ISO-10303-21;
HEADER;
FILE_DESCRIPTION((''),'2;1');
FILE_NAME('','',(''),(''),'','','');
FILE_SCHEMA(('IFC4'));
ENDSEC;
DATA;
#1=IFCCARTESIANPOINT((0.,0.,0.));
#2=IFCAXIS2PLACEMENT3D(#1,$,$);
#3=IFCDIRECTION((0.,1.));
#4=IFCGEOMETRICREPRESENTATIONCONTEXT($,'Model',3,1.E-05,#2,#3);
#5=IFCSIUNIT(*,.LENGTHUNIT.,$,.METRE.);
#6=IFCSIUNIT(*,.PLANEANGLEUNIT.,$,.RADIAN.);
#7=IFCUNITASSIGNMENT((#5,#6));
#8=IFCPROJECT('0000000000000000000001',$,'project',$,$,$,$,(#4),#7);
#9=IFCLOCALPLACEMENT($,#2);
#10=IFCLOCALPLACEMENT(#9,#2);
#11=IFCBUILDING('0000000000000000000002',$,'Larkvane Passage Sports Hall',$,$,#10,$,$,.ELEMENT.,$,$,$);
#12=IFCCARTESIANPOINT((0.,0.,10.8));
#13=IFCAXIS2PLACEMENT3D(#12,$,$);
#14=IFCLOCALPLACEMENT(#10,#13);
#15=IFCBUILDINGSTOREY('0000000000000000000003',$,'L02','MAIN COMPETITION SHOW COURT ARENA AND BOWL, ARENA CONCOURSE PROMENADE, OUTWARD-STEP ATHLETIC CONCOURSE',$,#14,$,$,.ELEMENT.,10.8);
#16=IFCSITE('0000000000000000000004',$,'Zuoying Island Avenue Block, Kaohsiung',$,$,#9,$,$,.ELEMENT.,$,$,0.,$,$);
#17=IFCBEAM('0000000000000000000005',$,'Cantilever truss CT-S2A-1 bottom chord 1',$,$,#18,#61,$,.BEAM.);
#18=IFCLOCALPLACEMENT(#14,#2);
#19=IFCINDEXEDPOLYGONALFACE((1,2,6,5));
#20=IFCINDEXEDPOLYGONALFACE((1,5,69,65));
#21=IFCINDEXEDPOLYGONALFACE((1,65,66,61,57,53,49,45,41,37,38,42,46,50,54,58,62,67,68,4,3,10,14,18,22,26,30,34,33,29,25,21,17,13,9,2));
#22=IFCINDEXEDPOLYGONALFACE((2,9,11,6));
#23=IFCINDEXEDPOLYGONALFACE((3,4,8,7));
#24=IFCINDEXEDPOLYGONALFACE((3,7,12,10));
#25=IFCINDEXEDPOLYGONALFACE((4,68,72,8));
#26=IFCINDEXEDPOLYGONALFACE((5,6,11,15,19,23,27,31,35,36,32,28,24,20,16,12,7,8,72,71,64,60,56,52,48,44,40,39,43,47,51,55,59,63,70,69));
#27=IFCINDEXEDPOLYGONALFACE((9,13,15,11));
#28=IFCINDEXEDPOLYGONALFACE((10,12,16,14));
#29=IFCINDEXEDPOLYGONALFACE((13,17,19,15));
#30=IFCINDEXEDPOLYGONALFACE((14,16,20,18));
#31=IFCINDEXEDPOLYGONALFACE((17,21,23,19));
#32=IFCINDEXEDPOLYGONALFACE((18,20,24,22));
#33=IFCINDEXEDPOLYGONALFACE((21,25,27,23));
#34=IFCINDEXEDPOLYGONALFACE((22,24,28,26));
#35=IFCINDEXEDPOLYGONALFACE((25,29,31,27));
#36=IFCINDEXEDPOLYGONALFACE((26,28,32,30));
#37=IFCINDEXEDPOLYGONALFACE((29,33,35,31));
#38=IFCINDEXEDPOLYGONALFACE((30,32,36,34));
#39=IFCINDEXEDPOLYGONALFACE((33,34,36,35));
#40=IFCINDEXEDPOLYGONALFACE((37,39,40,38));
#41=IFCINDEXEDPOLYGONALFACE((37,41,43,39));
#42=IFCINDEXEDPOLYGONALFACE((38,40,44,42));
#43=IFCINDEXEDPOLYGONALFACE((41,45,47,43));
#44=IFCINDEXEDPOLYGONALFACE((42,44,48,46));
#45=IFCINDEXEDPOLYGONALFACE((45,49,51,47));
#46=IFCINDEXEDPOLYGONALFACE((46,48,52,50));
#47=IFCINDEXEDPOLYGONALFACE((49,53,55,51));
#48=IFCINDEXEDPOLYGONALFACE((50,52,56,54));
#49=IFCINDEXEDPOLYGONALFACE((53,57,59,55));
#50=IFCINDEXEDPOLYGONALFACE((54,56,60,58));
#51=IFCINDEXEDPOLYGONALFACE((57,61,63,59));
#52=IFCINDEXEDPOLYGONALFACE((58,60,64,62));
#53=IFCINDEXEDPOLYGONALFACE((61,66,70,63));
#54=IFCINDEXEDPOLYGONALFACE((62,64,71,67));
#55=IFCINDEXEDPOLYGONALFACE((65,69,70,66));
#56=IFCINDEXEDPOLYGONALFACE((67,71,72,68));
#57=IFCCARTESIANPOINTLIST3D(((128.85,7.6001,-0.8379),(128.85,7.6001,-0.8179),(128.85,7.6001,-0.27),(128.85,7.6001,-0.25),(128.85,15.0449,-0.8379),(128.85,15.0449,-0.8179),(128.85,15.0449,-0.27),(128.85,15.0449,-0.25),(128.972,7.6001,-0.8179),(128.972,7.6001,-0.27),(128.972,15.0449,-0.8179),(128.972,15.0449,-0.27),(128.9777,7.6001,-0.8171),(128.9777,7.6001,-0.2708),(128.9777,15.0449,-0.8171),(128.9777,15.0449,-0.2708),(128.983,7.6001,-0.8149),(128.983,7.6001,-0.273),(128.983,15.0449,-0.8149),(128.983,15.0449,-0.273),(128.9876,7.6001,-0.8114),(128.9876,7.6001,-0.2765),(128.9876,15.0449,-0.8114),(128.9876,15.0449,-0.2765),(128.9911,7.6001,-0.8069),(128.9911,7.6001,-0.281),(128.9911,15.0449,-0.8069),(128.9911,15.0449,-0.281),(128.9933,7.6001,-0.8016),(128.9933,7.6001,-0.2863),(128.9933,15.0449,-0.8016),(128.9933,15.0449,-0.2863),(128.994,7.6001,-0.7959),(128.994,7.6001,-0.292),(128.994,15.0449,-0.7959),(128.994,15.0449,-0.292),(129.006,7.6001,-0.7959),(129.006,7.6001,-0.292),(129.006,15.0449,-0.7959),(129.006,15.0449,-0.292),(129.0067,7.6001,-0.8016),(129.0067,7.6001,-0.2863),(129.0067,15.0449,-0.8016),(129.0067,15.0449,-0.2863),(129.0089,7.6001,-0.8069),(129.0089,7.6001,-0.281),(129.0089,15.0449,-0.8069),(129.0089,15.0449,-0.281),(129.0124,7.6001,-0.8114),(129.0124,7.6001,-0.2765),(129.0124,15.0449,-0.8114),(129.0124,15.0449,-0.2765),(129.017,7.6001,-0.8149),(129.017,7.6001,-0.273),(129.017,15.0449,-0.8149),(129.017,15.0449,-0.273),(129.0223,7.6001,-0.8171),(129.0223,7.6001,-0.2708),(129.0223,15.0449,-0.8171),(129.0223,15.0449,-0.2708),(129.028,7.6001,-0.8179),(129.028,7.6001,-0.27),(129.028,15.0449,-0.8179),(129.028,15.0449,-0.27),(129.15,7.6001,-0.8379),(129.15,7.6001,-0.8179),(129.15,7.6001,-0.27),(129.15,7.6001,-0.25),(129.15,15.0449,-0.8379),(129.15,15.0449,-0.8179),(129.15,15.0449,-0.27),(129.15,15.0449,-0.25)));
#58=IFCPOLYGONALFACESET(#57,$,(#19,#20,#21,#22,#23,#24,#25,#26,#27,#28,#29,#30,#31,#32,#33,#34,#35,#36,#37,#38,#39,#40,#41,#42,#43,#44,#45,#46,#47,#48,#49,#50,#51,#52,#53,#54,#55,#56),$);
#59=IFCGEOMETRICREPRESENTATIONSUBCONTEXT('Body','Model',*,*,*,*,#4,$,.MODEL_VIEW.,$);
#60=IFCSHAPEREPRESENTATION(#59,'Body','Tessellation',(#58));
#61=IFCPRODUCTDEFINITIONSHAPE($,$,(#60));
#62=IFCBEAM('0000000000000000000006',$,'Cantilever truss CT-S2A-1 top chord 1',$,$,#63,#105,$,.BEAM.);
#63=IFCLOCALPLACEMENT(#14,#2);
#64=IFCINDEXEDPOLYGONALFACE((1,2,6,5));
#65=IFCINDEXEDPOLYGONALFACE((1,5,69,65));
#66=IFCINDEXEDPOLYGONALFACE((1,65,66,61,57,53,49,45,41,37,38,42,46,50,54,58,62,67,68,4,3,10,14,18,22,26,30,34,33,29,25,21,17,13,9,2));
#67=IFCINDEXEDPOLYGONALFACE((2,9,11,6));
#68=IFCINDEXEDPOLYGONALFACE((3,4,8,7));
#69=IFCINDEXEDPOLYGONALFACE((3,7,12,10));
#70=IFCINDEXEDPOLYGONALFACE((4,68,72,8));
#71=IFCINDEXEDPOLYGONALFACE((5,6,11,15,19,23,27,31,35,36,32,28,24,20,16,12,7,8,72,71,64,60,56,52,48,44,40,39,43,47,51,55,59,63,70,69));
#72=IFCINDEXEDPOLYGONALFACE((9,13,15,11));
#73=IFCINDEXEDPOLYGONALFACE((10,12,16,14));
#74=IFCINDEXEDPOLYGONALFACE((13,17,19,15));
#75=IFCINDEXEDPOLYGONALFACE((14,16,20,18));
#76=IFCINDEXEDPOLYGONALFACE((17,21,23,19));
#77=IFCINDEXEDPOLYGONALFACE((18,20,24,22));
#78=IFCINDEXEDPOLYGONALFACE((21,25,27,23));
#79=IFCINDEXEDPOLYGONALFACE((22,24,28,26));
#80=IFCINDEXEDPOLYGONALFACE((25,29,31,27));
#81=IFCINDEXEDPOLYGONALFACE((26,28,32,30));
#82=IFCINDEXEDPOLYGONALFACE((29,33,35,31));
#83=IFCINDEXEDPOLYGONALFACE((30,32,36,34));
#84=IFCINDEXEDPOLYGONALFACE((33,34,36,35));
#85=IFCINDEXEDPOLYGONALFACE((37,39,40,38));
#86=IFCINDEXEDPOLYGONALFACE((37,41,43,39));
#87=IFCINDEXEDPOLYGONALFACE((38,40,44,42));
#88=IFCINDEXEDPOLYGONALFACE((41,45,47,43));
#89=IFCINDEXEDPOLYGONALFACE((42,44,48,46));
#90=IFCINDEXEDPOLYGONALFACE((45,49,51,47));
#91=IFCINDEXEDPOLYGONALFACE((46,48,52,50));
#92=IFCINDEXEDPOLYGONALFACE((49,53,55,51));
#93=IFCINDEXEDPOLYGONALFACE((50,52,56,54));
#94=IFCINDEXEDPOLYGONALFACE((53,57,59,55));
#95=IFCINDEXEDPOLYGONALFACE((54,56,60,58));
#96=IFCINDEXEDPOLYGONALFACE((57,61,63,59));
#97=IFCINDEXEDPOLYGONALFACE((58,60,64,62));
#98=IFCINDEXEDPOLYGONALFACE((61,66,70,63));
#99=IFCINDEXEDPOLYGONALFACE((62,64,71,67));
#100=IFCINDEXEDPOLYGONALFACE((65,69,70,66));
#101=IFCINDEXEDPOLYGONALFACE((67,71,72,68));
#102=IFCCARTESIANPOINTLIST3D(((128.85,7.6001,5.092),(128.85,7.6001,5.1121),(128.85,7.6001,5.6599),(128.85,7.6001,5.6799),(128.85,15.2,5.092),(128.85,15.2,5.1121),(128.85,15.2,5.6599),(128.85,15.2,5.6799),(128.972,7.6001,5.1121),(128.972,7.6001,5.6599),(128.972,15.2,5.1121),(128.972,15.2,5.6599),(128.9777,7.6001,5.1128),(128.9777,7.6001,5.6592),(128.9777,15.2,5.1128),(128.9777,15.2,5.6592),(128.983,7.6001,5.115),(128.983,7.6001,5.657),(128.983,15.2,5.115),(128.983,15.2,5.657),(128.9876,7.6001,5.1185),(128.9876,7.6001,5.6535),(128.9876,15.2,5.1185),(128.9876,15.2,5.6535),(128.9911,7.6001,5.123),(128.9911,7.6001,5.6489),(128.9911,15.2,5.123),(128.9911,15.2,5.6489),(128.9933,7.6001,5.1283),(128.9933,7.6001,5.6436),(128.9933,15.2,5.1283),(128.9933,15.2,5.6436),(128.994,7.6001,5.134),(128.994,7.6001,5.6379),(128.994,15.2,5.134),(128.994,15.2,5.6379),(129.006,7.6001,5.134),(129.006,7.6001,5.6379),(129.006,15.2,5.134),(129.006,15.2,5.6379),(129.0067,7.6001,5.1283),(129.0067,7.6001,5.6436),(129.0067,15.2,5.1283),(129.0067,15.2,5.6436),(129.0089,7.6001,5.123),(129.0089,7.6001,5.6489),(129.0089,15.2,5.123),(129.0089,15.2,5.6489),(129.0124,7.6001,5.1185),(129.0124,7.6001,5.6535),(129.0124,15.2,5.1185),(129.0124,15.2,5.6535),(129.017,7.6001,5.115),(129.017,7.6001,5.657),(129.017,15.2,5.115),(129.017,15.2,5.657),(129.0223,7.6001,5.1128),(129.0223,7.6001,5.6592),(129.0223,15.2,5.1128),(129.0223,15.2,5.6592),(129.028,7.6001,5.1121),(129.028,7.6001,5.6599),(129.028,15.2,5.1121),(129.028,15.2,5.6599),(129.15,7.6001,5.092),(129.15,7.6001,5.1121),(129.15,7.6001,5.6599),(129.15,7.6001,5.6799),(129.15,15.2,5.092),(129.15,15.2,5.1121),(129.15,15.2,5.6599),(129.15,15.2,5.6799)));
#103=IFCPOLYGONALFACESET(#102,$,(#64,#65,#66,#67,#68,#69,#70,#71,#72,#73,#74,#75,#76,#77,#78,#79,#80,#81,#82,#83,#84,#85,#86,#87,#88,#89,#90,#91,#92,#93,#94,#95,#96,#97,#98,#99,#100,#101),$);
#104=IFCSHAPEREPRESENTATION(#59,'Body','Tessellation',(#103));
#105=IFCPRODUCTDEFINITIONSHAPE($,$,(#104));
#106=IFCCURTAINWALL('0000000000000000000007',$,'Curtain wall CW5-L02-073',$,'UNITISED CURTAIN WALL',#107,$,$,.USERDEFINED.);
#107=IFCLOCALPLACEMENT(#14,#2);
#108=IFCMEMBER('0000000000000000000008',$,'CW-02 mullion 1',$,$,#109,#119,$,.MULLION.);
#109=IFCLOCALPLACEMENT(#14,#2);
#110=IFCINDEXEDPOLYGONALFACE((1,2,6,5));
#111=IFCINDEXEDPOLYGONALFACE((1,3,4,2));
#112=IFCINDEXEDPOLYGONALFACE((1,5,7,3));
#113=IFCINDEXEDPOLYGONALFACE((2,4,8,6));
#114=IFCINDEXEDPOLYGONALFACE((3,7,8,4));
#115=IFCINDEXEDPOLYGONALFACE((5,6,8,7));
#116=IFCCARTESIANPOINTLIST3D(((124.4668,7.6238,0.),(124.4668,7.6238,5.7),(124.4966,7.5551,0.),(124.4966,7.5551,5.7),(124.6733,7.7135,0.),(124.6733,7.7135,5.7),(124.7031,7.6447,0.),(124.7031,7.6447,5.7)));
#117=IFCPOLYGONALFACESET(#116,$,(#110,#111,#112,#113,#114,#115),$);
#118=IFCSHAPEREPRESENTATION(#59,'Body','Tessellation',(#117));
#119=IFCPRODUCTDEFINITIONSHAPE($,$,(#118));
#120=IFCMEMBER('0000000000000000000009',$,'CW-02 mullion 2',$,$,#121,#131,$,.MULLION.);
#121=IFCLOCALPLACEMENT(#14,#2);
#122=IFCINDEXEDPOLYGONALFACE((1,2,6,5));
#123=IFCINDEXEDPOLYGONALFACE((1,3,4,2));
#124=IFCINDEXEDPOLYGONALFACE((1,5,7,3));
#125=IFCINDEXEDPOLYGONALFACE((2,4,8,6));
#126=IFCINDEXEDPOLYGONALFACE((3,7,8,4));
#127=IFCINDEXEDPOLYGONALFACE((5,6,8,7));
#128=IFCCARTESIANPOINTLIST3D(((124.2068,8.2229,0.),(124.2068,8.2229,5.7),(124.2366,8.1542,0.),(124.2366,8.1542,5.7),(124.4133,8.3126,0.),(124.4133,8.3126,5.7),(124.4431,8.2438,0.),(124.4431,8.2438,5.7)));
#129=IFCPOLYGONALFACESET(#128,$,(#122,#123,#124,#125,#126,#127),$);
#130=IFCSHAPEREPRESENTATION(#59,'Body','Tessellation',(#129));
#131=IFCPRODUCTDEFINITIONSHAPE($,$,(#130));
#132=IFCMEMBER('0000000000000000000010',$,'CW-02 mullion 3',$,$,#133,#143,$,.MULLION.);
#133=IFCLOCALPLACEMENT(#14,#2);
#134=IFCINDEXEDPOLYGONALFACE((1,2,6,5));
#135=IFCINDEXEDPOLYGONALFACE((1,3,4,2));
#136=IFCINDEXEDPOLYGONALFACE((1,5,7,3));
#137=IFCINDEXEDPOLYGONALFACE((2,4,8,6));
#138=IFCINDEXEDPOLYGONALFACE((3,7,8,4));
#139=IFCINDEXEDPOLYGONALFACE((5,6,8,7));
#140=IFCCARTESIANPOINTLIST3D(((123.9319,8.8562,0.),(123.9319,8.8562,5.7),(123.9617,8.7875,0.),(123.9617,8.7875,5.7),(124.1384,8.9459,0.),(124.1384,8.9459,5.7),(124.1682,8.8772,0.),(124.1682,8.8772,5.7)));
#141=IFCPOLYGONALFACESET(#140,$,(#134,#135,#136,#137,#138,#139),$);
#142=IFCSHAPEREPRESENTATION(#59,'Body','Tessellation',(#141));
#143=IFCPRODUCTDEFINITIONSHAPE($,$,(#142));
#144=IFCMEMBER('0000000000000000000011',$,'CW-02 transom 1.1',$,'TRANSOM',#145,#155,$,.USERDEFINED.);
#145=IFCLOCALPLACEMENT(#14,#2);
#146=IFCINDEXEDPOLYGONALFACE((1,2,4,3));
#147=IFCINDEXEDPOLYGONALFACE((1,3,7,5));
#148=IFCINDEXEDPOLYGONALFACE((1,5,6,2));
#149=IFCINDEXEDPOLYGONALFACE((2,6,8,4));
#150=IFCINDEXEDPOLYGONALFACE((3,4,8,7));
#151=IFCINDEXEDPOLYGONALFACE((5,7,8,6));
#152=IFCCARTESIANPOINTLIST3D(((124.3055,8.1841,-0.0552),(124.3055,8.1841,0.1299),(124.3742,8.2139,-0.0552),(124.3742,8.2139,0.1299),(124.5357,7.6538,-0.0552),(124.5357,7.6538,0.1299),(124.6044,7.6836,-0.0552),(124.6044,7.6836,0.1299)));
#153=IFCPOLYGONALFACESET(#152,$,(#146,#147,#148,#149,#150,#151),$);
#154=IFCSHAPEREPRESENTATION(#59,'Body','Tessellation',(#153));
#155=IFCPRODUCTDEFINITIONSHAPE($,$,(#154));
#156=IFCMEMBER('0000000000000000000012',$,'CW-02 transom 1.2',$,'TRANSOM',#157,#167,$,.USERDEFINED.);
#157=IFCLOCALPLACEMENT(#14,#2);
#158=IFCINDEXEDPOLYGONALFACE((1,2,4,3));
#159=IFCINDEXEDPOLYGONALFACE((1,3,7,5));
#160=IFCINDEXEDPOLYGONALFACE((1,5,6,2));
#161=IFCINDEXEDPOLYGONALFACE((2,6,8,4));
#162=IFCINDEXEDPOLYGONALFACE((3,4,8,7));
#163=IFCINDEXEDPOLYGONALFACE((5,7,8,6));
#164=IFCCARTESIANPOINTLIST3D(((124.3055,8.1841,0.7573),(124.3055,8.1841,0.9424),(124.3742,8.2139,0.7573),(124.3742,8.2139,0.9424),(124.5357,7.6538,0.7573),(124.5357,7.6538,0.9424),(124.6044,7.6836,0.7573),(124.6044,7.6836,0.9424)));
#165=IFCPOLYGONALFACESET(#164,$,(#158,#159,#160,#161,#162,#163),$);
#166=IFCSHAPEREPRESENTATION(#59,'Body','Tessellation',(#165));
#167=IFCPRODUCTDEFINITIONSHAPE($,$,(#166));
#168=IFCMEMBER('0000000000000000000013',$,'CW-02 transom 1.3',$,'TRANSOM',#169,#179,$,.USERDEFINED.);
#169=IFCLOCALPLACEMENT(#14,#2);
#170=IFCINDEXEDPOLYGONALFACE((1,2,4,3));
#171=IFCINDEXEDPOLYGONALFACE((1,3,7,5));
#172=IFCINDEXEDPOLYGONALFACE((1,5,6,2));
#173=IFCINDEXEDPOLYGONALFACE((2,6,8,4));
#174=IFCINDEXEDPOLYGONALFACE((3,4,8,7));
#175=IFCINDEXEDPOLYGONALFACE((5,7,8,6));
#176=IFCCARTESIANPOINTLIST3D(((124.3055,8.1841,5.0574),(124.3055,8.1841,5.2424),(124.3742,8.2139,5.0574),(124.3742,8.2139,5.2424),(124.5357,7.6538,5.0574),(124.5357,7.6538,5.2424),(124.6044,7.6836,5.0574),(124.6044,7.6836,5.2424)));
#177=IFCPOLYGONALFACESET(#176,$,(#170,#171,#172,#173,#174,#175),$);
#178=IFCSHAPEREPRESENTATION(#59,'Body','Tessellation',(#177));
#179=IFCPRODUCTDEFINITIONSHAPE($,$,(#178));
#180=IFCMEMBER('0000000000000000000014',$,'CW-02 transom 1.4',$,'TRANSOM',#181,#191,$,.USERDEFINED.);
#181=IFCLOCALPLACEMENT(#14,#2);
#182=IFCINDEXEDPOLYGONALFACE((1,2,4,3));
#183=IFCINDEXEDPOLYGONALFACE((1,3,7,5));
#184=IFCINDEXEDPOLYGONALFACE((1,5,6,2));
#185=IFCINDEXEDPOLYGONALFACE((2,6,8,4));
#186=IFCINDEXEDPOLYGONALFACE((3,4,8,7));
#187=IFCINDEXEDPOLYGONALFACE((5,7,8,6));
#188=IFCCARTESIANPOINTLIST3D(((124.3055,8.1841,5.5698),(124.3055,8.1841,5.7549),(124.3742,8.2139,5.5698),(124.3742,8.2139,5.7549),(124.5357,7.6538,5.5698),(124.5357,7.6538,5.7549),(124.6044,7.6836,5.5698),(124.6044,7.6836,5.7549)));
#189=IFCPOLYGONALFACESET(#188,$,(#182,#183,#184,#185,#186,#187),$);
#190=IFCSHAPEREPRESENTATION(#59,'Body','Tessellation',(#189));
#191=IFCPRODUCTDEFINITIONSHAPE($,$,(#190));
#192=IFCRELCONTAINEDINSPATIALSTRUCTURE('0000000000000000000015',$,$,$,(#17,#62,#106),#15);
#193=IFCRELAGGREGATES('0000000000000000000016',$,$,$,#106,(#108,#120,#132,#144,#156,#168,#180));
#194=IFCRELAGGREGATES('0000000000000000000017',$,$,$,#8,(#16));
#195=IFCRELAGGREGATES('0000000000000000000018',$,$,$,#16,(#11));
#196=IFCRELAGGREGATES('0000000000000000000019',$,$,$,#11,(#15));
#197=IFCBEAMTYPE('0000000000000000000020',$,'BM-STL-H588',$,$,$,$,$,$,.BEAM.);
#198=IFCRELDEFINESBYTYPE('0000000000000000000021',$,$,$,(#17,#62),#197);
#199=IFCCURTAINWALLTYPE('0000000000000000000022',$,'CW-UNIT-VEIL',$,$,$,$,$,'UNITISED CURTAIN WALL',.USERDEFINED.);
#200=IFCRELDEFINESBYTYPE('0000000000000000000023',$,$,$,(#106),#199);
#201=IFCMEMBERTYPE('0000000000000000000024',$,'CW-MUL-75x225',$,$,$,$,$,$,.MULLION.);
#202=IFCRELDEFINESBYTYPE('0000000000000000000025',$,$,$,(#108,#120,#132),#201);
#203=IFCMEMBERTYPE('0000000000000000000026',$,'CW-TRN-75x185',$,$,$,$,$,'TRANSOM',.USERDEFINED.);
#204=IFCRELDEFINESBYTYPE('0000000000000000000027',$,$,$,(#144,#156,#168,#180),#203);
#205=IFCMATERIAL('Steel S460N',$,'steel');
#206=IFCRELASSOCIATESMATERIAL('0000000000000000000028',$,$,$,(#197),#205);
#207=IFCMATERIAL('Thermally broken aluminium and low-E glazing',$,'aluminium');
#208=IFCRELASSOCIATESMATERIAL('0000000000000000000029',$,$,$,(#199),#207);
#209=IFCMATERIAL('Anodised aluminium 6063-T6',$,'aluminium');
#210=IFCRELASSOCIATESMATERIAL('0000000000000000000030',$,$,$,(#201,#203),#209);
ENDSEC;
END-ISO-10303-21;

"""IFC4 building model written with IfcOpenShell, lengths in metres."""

from ifc_helpers import new_model, si_unit, direction, frame, origin, origin_2d, place, context, subcontext, project, spatial, rectangle, i_section, extrude, material, material_profile, profile_set, type_object, element, aggregate, save


model = new_model("IFC4")

# Units and contexts
model_context = context("Model", 3, precision=1e-05, world=origin(), true_north=direction((0.0, 1.0)))
body_context = subcontext(model_context, "Body", "Model", "MODEL_VIEW")
ifc_project = project(units=[si_unit("LENGTHUNIT", "METRE"), si_unit("PLANEANGLEUNIT", "RADIAN")], contexts=[model_context])

# Site, building, storey
site_placement = place(None, origin())
site = spatial("IfcSite", under=ifc_project, at=site_placement, Name="Zuoying Island Avenue Block, Kaohsiung", CompositionType="ELEMENT", RefElevation=0.0)
building_placement = place(site_placement, origin())
building = spatial("IfcBuilding", under=site, at=building_placement, Name="Larkvane Passage Sports Hall", CompositionType="ELEMENT")
storey_placement = place(building_placement, frame((0.0, 0.0, 10.8)))
storey = spatial("IfcBuildingStorey", under=building, at=storey_placement, Name="L02", Description="MAIN COMPETITION SHOW COURT ARENA AND BOWL, ARENA CONCOURSE PROMENADE, OUTWARD-STEP ATHLETIC CONCOURSE", CompositionType="ELEMENT", Elevation=10.8)

# Beams
ifc_material_1 = material(Name="Steel S460N", Category="steel")
ifc_material_profile_1 = material_profile(ifc_material_1, i_section(OverallWidth=0.3, OverallDepth=0.5879, WebThickness=0.012, FlangeThickness=0.02, FilletRadius=0.022, at=origin_2d()), Name="H-588x300x12x20")
ifc_profile_set_1 = profile_set([ifc_material_profile_1], Name="Steel S460N")
beam_type = type_object("IfcBeamType", Name="BM-STL-H588", PredefinedType="BEAM", material=ifc_profile_set_1)
beam_1_placement = place(storey_placement, frame((129.0, 7.6001, -0.5439), z_axis=(0.0, 1.0, 0.0), x_axis=(-1.0, 0.0, 0.0)))
element("IfcBeam", 1, at=beam_1_placement, inside=storey, type_object=beam_type, Name="Cantilever truss CT-S2A-1 bottom chord 1", PredefinedType="BEAM", context=body_context, shape_type="SweptSolid", body=[
    extrude(i_section(OverallWidth=0.3, OverallDepth=0.5879, WebThickness=0.012, FlangeThickness=0.02, FilletRadius=0.022, at=origin_2d()), origin(), (0.0, 0.0, 1.0), 7.4448),
])
beam_2_placement = place(storey_placement, frame((129.0, 7.6001, 5.386), z_axis=(0.0, 1.0, 0.0), x_axis=(-1.0, 0.0, 0.0)))
element("IfcBeam", 2, at=beam_2_placement, inside=storey, type_object=beam_type, Name="Cantilever truss CT-S2A-1 top chord 1", PredefinedType="BEAM", context=body_context, shape_type="SweptSolid", body=[
    extrude(i_section(OverallWidth=0.3, OverallDepth=0.5879, WebThickness=0.012, FlangeThickness=0.02, FilletRadius=0.022, at=origin_2d()), origin(), (0.0, 0.0, 1.0), 7.5999),
])

# Curtain wall, members
ifc_material_2 = material(Name="Thermally broken aluminium and low-E glazing", Category="aluminium")
curtain_wall_type = type_object("IfcCurtainWallType", Name="CW-UNIT-VEIL", ElementType="UNITISED CURTAIN WALL", PredefinedType="USERDEFINED", material=ifc_material_2)
curtain_wall_placement = place(storey_placement, origin())
curtain_wall = element("IfcCurtainWall", 3, at=curtain_wall_placement, inside=storey, type_object=curtain_wall_type, Name="Curtain wall CW5-L02-073", ObjectType="UNITISED CURTAIN WALL", PredefinedType="USERDEFINED")
ifc_material_3 = material(Name="Anodised aluminium 6063-T6", Category="aluminium")
ifc_material_profile_2 = material_profile(ifc_material_3, rectangle(XDim=0.075, YDim=0.2251, at=origin_2d()), Name="ALU-MUL-75x225")
ifc_profile_set_2 = profile_set([ifc_material_profile_2], Name="Anodised aluminium 6063-T6")
member_type_1 = type_object("IfcMemberType", Name="CW-MUL-75x225", PredefinedType="MULLION", material=ifc_profile_set_2)
member_1_placement = place(storey_placement, frame((124.585, 7.6343, 0.0), z_axis=(0.0, 0.0, 1.0), x_axis=(-0.398283, 0.917263, 0.0)))
member_1 = element("IfcMember", 4, at=member_1_placement, type_object=member_type_1, Name="CW-02 mullion 1", PredefinedType="MULLION", context=body_context, shape_type="SweptSolid", body=[
    extrude(rectangle(XDim=0.075, YDim=0.2251, at=origin_2d()), origin(), (0.0, 0.0, 1.0), 5.7),
])
member_2_placement = place(storey_placement, frame((124.325, 8.2334, 0.0), z_axis=(0.0, 0.0, 1.0), x_axis=(-0.398283, 0.917263, 0.0)))
member_2 = element("IfcMember", 5, at=member_2_placement, type_object=member_type_1, Name="CW-02 mullion 2", PredefinedType="MULLION", context=body_context, shape_type="SweptSolid", body=[
    extrude(rectangle(XDim=0.075, YDim=0.2251, at=origin_2d()), origin(), (0.0, 0.0, 1.0), 5.7),
])
member_3_placement = place(storey_placement, frame((124.05, 8.8667, 0.0), z_axis=(0.0, 0.0, 1.0), x_axis=(-0.398283, 0.917263, 0.0)))
member_3 = element("IfcMember", 6, at=member_3_placement, type_object=member_type_1, Name="CW-02 mullion 3", PredefinedType="MULLION", context=body_context, shape_type="SweptSolid", body=[
    extrude(rectangle(XDim=0.075, YDim=0.2251, at=origin_2d()), origin(), (0.0, 0.0, 1.0), 5.7),
])
ifc_material_profile_3 = material_profile(ifc_material_3, rectangle(XDim=0.075, YDim=0.1851, at=origin_2d()), Name="ALU-TRN-75x185")
ifc_profile_set_3 = profile_set([ifc_material_profile_3], Name="Anodised aluminium 6063-T6")
member_type_2 = type_object("IfcMemberType", Name="CW-TRN-75x185", ElementType="TRANSOM", PredefinedType="USERDEFINED", material=ifc_profile_set_3)
member_4_placement = place(storey_placement, frame((124.5701, 7.6687, 0.0374), z_axis=(-0.398247, 0.917278, 0.0), x_axis=(-0.917278, -0.398247, 0.0)))
member_4 = element("IfcMember", 7, at=member_4_placement, type_object=member_type_2, Name="CW-02 transom 1.1", ObjectType="TRANSOM", PredefinedType="USERDEFINED", context=body_context, shape_type="SweptSolid", body=[
    extrude(rectangle(XDim=0.075, YDim=0.1851, at=origin_2d()), origin(), (0.0, 0.0, 1.0), 0.5781),
])
member_5_placement = place(storey_placement, frame((124.5701, 7.6687, 0.8499), z_axis=(-0.398247, 0.917278, 0.0), x_axis=(-0.917278, -0.398247, 0.0)))
member_5 = element("IfcMember", 8, at=member_5_placement, type_object=member_type_2, Name="CW-02 transom 1.2", ObjectType="TRANSOM", PredefinedType="USERDEFINED", context=body_context, shape_type="SweptSolid", body=[
    extrude(rectangle(XDim=0.075, YDim=0.1851, at=origin_2d()), origin(), (0.0, 0.0, 1.0), 0.5781),
])
member_6_placement = place(storey_placement, frame((124.5701, 7.6687, 5.1499), z_axis=(-0.398247, 0.917278, 0.0), x_axis=(-0.917278, -0.398247, 0.0)))
member_6 = element("IfcMember", 9, at=member_6_placement, type_object=member_type_2, Name="CW-02 transom 1.3", ObjectType="TRANSOM", PredefinedType="USERDEFINED", context=body_context, shape_type="SweptSolid", body=[
    extrude(rectangle(XDim=0.075, YDim=0.1851, at=origin_2d()), origin(), (0.0, 0.0, 1.0), 0.5781),
])
member_7_placement = place(storey_placement, frame((124.5701, 7.6687, 5.6624), z_axis=(-0.398247, 0.917278, 0.0), x_axis=(-0.917278, -0.398247, 0.0)))
member_7 = element("IfcMember", 10, at=member_7_placement, type_object=member_type_2, Name="CW-02 transom 1.4", ObjectType="TRANSOM", PredefinedType="USERDEFINED", context=body_context, shape_type="SweptSolid", body=[
    extrude(rectangle(XDim=0.075, YDim=0.1851, at=origin_2d()), origin(), (0.0, 0.0, 1.0), 0.5781),
])

aggregate(curtain_wall, [member_1, member_2, member_3, member_4, member_5, member_6, member_7])

save(model, "model.ifc")
